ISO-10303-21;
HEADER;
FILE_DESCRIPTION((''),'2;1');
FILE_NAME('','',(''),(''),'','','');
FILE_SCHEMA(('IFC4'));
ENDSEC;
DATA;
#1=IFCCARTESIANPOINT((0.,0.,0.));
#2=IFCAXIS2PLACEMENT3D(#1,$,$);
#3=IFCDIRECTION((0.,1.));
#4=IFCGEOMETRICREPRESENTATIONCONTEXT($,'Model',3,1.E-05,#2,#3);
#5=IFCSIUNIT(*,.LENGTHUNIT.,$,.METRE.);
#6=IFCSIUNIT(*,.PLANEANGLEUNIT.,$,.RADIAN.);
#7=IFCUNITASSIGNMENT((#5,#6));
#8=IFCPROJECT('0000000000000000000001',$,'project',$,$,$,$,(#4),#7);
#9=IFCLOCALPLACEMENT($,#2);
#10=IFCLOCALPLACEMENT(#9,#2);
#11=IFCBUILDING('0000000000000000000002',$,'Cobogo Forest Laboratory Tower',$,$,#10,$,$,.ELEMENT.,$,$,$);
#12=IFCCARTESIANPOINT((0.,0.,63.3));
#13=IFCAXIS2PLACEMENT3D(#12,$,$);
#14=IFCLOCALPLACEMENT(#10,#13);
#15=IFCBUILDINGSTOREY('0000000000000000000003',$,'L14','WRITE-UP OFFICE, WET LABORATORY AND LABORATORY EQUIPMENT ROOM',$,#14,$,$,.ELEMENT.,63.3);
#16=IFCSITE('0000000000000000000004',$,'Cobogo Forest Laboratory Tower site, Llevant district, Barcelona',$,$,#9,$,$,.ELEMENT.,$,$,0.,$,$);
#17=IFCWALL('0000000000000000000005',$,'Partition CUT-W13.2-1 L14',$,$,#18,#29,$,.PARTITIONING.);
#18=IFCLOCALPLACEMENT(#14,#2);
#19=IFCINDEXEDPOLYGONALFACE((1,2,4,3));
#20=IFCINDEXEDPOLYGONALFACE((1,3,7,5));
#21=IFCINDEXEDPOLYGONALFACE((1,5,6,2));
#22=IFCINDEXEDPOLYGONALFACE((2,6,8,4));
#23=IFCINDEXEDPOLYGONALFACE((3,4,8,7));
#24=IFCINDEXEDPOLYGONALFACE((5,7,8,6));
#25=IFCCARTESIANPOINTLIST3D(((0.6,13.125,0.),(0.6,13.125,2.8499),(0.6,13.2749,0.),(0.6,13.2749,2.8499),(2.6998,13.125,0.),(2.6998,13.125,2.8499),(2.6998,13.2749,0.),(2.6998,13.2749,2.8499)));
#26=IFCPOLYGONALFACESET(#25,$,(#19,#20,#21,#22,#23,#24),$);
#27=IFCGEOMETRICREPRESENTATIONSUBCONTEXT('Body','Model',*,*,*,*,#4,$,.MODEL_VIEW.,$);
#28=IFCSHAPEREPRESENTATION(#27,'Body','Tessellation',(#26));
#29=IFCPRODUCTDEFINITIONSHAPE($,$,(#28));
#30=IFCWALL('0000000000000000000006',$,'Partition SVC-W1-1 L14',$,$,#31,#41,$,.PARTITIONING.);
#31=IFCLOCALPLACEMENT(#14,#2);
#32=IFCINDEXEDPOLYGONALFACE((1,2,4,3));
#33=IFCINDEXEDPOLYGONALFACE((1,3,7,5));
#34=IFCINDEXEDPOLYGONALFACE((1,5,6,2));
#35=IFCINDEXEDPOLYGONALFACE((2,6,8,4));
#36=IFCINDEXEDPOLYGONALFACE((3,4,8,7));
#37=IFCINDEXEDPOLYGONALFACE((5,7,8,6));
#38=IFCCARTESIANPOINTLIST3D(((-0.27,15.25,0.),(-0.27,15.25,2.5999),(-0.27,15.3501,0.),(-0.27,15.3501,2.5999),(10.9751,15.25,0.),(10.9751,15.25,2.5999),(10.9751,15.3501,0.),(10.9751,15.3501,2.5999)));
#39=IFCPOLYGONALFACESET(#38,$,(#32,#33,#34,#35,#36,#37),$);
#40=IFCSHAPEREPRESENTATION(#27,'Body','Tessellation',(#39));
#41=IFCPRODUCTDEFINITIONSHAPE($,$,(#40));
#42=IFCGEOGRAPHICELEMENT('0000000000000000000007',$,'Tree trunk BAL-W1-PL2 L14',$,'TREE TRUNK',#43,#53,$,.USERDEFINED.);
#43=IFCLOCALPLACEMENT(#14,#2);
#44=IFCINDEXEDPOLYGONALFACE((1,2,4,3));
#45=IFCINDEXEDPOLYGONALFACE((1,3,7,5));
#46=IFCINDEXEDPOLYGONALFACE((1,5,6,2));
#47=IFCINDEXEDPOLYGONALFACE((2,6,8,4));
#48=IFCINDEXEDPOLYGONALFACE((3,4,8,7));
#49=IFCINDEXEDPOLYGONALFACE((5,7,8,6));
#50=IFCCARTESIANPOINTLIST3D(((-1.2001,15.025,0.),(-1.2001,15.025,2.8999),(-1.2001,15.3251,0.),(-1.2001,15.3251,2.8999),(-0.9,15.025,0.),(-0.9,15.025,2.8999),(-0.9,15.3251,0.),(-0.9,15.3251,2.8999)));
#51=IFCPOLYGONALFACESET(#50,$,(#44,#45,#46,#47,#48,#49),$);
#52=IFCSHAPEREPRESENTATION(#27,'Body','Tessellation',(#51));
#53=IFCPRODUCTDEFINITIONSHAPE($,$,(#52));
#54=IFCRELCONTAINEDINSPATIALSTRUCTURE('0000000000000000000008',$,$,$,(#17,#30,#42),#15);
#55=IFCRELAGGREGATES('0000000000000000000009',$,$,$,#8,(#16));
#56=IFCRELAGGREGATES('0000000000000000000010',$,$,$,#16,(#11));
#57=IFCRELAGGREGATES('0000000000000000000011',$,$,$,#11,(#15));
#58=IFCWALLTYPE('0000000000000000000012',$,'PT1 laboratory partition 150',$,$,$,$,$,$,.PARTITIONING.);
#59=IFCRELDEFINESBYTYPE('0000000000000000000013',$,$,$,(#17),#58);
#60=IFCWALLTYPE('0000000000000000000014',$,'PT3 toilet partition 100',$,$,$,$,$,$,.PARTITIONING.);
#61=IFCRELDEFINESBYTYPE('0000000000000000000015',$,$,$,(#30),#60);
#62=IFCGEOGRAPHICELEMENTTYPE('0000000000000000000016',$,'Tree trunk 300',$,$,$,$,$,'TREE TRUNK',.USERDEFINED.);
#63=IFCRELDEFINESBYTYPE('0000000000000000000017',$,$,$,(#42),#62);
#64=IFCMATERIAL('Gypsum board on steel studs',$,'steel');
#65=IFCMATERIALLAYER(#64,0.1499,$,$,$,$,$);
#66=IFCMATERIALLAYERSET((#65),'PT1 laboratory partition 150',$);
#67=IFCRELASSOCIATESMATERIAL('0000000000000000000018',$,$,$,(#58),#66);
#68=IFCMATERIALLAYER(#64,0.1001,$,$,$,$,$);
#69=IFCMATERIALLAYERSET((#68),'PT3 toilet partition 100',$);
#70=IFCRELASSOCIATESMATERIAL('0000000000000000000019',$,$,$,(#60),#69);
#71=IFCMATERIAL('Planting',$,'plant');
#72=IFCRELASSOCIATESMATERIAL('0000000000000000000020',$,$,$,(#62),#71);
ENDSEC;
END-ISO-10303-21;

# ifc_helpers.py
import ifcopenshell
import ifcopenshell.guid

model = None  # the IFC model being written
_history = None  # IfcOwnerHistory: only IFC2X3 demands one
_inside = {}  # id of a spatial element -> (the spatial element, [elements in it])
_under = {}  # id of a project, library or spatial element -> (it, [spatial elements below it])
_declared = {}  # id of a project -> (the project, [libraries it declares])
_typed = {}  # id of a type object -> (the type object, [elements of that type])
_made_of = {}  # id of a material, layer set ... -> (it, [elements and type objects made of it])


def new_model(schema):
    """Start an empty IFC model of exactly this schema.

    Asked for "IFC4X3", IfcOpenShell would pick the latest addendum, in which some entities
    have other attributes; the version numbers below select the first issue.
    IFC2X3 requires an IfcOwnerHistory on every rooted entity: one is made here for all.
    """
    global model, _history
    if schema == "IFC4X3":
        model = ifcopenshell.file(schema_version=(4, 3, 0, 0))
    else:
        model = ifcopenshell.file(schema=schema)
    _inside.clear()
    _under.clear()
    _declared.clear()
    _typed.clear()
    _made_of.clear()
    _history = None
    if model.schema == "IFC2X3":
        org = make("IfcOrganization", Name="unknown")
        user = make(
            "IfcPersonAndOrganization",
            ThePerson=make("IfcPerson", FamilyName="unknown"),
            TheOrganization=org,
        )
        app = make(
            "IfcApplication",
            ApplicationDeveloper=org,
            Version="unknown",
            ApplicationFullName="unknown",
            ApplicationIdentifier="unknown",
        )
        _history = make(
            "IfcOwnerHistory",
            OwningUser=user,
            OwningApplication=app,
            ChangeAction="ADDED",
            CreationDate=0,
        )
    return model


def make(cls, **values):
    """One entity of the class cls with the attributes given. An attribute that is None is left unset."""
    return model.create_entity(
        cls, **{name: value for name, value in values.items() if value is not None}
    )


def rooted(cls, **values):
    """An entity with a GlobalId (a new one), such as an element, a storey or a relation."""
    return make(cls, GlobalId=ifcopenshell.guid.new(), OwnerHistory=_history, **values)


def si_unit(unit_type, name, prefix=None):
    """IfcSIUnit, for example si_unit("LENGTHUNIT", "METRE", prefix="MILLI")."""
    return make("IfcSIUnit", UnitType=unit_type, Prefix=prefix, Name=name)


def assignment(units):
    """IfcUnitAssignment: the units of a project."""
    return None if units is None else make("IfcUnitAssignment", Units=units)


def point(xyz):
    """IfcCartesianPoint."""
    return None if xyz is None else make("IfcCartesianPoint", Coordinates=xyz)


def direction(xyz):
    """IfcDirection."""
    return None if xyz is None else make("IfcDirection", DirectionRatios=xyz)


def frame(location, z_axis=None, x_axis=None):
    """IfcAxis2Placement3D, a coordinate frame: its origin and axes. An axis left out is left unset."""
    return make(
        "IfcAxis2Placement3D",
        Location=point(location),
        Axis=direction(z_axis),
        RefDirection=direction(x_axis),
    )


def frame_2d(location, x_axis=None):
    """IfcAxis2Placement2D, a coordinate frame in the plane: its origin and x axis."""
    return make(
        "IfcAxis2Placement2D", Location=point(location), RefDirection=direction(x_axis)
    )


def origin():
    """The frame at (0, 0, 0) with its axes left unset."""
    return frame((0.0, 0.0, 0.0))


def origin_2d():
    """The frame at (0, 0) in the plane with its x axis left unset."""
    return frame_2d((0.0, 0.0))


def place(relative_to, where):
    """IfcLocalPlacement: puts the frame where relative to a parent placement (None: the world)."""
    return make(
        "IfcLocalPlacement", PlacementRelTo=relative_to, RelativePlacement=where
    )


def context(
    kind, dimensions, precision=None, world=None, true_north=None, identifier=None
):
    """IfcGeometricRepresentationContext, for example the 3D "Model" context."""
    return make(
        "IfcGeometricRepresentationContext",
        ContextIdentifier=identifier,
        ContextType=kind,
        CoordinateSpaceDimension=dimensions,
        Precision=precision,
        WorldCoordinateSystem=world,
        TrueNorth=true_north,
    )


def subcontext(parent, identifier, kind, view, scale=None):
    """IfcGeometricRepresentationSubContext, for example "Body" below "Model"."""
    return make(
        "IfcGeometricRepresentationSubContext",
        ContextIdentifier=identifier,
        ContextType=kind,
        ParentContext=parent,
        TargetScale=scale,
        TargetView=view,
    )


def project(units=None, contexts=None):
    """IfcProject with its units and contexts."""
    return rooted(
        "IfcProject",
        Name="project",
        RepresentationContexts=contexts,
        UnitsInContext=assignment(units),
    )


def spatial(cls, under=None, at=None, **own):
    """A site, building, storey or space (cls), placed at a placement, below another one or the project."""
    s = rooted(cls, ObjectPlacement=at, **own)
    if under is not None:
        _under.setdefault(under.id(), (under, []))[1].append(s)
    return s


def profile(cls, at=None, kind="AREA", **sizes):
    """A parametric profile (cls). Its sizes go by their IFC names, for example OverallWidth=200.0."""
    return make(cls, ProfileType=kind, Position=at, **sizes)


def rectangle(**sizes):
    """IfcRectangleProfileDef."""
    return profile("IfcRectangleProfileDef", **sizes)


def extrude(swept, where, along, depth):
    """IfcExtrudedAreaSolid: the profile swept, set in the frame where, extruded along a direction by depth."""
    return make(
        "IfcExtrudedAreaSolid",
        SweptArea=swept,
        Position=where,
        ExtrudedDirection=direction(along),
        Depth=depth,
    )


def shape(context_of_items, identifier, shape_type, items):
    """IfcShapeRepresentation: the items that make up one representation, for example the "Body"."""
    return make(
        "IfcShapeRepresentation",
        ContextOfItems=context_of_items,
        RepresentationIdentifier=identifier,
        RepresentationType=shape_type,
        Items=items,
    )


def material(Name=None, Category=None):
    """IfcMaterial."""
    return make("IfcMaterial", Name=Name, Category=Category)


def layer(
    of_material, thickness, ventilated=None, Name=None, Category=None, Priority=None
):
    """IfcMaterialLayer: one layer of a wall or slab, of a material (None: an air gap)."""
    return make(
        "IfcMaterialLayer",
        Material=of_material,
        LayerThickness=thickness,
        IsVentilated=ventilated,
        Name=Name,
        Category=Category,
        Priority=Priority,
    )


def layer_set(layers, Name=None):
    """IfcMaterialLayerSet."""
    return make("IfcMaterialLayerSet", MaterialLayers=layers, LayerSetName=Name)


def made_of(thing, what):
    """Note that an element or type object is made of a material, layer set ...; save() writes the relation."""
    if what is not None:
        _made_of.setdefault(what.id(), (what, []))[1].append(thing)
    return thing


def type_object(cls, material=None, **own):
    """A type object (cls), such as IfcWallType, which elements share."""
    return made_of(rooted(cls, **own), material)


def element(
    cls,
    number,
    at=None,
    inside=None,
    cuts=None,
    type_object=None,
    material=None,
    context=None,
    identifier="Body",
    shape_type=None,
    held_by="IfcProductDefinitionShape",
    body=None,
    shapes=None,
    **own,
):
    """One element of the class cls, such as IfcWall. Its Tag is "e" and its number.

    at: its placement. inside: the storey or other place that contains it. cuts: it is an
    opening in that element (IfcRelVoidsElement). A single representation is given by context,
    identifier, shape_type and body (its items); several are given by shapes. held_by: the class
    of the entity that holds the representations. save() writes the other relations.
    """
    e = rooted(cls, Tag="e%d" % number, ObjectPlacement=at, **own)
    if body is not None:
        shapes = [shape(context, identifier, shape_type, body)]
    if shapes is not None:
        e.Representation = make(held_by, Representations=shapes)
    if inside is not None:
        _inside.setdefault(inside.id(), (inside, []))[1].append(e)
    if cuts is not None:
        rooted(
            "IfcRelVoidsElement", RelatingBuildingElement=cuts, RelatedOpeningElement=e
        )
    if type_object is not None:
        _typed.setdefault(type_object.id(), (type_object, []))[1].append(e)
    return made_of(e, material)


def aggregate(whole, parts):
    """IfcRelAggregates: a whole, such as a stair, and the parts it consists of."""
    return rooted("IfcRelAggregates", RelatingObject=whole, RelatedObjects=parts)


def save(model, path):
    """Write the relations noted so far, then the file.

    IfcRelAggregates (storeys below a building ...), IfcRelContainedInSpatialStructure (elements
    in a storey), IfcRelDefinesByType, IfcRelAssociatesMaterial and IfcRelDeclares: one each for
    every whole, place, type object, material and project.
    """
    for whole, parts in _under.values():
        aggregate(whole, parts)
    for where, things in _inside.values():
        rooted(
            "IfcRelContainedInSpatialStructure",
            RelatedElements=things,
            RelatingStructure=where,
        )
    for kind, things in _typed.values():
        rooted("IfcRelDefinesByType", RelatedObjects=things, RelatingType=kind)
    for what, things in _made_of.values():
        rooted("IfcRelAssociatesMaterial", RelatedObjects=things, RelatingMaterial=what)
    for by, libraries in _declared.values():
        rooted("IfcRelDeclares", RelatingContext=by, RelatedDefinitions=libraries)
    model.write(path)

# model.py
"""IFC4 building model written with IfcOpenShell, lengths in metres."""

from ifc_helpers import new_model, si_unit, direction, frame, frame_2d, origin, origin_2d, place, context, subcontext, project, spatial, rectangle, extrude, material, layer, layer_set, type_object, element, save


model = new_model("IFC4")

# Units and contexts
model_context = context("Model", 3, precision=1e-05, world=origin(), true_north=direction((0.0, 1.0)))
body_context = subcontext(model_context, "Body", "Model", "MODEL_VIEW")
ifc_project = project(units=[si_unit("LENGTHUNIT", "METRE"), si_unit("PLANEANGLEUNIT", "RADIAN")], contexts=[model_context])

# Site, building, storey
site_placement = place(None, origin())
site = spatial("IfcSite", under=ifc_project, at=site_placement, Name="Cobogo Forest Laboratory Tower site, Llevant district, Barcelona", CompositionType="ELEMENT", RefElevation=0.0)
building_placement = place(site_placement, origin())
building = spatial("IfcBuilding", under=site, at=building_placement, Name="Cobogo Forest Laboratory Tower", CompositionType="ELEMENT")
storey_placement = place(building_placement, frame((0.0, 0.0, 63.3)))
storey = spatial("IfcBuildingStorey", under=building, at=storey_placement, Name="L14", Description="WRITE-UP OFFICE, WET LABORATORY AND LABORATORY EQUIPMENT ROOM", CompositionType="ELEMENT", Elevation=63.3)

# Walls
ifc_material_1 = material(Name="Gypsum board on steel studs", Category="steel")
ifc_layer_1 = layer(ifc_material_1, 0.1499)
ifc_layer_set_1 = layer_set([ifc_layer_1], Name="PT1 laboratory partition 150")
wall_type_1 = type_object("IfcWallType", Name="PT1 laboratory partition 150", PredefinedType="PARTITIONING", material=ifc_layer_set_1)
wall_1_placement = place(storey_placement, frame((0.6001, 13.2, 0.0), z_axis=(0.0, 0.0, 1.0), x_axis=(1.0, 0.0, 0.0)))
element("IfcWall", 1, at=wall_1_placement, inside=storey, type_object=wall_type_1, Name="Partition CUT-W13.2-1 L14", PredefinedType="PARTITIONING", context=body_context, shape_type="SweptSolid", body=[
    extrude(rectangle(XDim=2.0999, YDim=0.1499, at=frame_2d((1.0498, 0.0))), origin(), (0.0, 0.0, 1.0), 2.8499),
])
ifc_layer_2 = layer(ifc_material_1, 0.1001)
ifc_layer_set_2 = layer_set([ifc_layer_2], Name="PT3 toilet partition 100")
wall_type_2 = type_object("IfcWallType", Name="PT3 toilet partition 100", PredefinedType="PARTITIONING", material=ifc_layer_set_2)
wall_2_placement = place(storey_placement, frame((-0.27, 15.3, 0.0), z_axis=(0.0, 0.0, 1.0), x_axis=(1.0, 0.0, 0.0)))
element("IfcWall", 2, at=wall_2_placement, inside=storey, type_object=wall_type_2, Name="Partition SVC-W1-1 L14", PredefinedType="PARTITIONING", context=body_context, shape_type="SweptSolid", body=[
    extrude(rectangle(XDim=11.2451, YDim=0.1001, at=frame_2d((5.6226, 0.0))), origin(), (0.0, 0.0, 1.0), 2.5999),
])

# Geographic element
ifc_material_2 = material(Name="Planting", Category="plant")
geographic_element_type = type_object("IfcGeographicElementType", Name="Tree trunk 300", ElementType="TREE TRUNK", PredefinedType="USERDEFINED", material=ifc_material_2)
geographic_element_placement = place(storey_placement, frame((-1.05, 15.175, 0.0), z_axis=(0.0, 0.0, 1.0), x_axis=(1.0, 0.0, 0.0)))
element("IfcGeographicElement", 3, at=geographic_element_placement, inside=storey, type_object=geographic_element_type, Name="Tree trunk BAL-W1-PL2 L14", ObjectType="TREE TRUNK", PredefinedType="USERDEFINED", context=body_context, shape_type="SweptSolid", body=[
    extrude(rectangle(XDim=0.3, YDim=0.3, at=origin_2d()), origin(), (0.0, 0.0, 1.0), 2.8999),
])

save(model, "model.ifc")
